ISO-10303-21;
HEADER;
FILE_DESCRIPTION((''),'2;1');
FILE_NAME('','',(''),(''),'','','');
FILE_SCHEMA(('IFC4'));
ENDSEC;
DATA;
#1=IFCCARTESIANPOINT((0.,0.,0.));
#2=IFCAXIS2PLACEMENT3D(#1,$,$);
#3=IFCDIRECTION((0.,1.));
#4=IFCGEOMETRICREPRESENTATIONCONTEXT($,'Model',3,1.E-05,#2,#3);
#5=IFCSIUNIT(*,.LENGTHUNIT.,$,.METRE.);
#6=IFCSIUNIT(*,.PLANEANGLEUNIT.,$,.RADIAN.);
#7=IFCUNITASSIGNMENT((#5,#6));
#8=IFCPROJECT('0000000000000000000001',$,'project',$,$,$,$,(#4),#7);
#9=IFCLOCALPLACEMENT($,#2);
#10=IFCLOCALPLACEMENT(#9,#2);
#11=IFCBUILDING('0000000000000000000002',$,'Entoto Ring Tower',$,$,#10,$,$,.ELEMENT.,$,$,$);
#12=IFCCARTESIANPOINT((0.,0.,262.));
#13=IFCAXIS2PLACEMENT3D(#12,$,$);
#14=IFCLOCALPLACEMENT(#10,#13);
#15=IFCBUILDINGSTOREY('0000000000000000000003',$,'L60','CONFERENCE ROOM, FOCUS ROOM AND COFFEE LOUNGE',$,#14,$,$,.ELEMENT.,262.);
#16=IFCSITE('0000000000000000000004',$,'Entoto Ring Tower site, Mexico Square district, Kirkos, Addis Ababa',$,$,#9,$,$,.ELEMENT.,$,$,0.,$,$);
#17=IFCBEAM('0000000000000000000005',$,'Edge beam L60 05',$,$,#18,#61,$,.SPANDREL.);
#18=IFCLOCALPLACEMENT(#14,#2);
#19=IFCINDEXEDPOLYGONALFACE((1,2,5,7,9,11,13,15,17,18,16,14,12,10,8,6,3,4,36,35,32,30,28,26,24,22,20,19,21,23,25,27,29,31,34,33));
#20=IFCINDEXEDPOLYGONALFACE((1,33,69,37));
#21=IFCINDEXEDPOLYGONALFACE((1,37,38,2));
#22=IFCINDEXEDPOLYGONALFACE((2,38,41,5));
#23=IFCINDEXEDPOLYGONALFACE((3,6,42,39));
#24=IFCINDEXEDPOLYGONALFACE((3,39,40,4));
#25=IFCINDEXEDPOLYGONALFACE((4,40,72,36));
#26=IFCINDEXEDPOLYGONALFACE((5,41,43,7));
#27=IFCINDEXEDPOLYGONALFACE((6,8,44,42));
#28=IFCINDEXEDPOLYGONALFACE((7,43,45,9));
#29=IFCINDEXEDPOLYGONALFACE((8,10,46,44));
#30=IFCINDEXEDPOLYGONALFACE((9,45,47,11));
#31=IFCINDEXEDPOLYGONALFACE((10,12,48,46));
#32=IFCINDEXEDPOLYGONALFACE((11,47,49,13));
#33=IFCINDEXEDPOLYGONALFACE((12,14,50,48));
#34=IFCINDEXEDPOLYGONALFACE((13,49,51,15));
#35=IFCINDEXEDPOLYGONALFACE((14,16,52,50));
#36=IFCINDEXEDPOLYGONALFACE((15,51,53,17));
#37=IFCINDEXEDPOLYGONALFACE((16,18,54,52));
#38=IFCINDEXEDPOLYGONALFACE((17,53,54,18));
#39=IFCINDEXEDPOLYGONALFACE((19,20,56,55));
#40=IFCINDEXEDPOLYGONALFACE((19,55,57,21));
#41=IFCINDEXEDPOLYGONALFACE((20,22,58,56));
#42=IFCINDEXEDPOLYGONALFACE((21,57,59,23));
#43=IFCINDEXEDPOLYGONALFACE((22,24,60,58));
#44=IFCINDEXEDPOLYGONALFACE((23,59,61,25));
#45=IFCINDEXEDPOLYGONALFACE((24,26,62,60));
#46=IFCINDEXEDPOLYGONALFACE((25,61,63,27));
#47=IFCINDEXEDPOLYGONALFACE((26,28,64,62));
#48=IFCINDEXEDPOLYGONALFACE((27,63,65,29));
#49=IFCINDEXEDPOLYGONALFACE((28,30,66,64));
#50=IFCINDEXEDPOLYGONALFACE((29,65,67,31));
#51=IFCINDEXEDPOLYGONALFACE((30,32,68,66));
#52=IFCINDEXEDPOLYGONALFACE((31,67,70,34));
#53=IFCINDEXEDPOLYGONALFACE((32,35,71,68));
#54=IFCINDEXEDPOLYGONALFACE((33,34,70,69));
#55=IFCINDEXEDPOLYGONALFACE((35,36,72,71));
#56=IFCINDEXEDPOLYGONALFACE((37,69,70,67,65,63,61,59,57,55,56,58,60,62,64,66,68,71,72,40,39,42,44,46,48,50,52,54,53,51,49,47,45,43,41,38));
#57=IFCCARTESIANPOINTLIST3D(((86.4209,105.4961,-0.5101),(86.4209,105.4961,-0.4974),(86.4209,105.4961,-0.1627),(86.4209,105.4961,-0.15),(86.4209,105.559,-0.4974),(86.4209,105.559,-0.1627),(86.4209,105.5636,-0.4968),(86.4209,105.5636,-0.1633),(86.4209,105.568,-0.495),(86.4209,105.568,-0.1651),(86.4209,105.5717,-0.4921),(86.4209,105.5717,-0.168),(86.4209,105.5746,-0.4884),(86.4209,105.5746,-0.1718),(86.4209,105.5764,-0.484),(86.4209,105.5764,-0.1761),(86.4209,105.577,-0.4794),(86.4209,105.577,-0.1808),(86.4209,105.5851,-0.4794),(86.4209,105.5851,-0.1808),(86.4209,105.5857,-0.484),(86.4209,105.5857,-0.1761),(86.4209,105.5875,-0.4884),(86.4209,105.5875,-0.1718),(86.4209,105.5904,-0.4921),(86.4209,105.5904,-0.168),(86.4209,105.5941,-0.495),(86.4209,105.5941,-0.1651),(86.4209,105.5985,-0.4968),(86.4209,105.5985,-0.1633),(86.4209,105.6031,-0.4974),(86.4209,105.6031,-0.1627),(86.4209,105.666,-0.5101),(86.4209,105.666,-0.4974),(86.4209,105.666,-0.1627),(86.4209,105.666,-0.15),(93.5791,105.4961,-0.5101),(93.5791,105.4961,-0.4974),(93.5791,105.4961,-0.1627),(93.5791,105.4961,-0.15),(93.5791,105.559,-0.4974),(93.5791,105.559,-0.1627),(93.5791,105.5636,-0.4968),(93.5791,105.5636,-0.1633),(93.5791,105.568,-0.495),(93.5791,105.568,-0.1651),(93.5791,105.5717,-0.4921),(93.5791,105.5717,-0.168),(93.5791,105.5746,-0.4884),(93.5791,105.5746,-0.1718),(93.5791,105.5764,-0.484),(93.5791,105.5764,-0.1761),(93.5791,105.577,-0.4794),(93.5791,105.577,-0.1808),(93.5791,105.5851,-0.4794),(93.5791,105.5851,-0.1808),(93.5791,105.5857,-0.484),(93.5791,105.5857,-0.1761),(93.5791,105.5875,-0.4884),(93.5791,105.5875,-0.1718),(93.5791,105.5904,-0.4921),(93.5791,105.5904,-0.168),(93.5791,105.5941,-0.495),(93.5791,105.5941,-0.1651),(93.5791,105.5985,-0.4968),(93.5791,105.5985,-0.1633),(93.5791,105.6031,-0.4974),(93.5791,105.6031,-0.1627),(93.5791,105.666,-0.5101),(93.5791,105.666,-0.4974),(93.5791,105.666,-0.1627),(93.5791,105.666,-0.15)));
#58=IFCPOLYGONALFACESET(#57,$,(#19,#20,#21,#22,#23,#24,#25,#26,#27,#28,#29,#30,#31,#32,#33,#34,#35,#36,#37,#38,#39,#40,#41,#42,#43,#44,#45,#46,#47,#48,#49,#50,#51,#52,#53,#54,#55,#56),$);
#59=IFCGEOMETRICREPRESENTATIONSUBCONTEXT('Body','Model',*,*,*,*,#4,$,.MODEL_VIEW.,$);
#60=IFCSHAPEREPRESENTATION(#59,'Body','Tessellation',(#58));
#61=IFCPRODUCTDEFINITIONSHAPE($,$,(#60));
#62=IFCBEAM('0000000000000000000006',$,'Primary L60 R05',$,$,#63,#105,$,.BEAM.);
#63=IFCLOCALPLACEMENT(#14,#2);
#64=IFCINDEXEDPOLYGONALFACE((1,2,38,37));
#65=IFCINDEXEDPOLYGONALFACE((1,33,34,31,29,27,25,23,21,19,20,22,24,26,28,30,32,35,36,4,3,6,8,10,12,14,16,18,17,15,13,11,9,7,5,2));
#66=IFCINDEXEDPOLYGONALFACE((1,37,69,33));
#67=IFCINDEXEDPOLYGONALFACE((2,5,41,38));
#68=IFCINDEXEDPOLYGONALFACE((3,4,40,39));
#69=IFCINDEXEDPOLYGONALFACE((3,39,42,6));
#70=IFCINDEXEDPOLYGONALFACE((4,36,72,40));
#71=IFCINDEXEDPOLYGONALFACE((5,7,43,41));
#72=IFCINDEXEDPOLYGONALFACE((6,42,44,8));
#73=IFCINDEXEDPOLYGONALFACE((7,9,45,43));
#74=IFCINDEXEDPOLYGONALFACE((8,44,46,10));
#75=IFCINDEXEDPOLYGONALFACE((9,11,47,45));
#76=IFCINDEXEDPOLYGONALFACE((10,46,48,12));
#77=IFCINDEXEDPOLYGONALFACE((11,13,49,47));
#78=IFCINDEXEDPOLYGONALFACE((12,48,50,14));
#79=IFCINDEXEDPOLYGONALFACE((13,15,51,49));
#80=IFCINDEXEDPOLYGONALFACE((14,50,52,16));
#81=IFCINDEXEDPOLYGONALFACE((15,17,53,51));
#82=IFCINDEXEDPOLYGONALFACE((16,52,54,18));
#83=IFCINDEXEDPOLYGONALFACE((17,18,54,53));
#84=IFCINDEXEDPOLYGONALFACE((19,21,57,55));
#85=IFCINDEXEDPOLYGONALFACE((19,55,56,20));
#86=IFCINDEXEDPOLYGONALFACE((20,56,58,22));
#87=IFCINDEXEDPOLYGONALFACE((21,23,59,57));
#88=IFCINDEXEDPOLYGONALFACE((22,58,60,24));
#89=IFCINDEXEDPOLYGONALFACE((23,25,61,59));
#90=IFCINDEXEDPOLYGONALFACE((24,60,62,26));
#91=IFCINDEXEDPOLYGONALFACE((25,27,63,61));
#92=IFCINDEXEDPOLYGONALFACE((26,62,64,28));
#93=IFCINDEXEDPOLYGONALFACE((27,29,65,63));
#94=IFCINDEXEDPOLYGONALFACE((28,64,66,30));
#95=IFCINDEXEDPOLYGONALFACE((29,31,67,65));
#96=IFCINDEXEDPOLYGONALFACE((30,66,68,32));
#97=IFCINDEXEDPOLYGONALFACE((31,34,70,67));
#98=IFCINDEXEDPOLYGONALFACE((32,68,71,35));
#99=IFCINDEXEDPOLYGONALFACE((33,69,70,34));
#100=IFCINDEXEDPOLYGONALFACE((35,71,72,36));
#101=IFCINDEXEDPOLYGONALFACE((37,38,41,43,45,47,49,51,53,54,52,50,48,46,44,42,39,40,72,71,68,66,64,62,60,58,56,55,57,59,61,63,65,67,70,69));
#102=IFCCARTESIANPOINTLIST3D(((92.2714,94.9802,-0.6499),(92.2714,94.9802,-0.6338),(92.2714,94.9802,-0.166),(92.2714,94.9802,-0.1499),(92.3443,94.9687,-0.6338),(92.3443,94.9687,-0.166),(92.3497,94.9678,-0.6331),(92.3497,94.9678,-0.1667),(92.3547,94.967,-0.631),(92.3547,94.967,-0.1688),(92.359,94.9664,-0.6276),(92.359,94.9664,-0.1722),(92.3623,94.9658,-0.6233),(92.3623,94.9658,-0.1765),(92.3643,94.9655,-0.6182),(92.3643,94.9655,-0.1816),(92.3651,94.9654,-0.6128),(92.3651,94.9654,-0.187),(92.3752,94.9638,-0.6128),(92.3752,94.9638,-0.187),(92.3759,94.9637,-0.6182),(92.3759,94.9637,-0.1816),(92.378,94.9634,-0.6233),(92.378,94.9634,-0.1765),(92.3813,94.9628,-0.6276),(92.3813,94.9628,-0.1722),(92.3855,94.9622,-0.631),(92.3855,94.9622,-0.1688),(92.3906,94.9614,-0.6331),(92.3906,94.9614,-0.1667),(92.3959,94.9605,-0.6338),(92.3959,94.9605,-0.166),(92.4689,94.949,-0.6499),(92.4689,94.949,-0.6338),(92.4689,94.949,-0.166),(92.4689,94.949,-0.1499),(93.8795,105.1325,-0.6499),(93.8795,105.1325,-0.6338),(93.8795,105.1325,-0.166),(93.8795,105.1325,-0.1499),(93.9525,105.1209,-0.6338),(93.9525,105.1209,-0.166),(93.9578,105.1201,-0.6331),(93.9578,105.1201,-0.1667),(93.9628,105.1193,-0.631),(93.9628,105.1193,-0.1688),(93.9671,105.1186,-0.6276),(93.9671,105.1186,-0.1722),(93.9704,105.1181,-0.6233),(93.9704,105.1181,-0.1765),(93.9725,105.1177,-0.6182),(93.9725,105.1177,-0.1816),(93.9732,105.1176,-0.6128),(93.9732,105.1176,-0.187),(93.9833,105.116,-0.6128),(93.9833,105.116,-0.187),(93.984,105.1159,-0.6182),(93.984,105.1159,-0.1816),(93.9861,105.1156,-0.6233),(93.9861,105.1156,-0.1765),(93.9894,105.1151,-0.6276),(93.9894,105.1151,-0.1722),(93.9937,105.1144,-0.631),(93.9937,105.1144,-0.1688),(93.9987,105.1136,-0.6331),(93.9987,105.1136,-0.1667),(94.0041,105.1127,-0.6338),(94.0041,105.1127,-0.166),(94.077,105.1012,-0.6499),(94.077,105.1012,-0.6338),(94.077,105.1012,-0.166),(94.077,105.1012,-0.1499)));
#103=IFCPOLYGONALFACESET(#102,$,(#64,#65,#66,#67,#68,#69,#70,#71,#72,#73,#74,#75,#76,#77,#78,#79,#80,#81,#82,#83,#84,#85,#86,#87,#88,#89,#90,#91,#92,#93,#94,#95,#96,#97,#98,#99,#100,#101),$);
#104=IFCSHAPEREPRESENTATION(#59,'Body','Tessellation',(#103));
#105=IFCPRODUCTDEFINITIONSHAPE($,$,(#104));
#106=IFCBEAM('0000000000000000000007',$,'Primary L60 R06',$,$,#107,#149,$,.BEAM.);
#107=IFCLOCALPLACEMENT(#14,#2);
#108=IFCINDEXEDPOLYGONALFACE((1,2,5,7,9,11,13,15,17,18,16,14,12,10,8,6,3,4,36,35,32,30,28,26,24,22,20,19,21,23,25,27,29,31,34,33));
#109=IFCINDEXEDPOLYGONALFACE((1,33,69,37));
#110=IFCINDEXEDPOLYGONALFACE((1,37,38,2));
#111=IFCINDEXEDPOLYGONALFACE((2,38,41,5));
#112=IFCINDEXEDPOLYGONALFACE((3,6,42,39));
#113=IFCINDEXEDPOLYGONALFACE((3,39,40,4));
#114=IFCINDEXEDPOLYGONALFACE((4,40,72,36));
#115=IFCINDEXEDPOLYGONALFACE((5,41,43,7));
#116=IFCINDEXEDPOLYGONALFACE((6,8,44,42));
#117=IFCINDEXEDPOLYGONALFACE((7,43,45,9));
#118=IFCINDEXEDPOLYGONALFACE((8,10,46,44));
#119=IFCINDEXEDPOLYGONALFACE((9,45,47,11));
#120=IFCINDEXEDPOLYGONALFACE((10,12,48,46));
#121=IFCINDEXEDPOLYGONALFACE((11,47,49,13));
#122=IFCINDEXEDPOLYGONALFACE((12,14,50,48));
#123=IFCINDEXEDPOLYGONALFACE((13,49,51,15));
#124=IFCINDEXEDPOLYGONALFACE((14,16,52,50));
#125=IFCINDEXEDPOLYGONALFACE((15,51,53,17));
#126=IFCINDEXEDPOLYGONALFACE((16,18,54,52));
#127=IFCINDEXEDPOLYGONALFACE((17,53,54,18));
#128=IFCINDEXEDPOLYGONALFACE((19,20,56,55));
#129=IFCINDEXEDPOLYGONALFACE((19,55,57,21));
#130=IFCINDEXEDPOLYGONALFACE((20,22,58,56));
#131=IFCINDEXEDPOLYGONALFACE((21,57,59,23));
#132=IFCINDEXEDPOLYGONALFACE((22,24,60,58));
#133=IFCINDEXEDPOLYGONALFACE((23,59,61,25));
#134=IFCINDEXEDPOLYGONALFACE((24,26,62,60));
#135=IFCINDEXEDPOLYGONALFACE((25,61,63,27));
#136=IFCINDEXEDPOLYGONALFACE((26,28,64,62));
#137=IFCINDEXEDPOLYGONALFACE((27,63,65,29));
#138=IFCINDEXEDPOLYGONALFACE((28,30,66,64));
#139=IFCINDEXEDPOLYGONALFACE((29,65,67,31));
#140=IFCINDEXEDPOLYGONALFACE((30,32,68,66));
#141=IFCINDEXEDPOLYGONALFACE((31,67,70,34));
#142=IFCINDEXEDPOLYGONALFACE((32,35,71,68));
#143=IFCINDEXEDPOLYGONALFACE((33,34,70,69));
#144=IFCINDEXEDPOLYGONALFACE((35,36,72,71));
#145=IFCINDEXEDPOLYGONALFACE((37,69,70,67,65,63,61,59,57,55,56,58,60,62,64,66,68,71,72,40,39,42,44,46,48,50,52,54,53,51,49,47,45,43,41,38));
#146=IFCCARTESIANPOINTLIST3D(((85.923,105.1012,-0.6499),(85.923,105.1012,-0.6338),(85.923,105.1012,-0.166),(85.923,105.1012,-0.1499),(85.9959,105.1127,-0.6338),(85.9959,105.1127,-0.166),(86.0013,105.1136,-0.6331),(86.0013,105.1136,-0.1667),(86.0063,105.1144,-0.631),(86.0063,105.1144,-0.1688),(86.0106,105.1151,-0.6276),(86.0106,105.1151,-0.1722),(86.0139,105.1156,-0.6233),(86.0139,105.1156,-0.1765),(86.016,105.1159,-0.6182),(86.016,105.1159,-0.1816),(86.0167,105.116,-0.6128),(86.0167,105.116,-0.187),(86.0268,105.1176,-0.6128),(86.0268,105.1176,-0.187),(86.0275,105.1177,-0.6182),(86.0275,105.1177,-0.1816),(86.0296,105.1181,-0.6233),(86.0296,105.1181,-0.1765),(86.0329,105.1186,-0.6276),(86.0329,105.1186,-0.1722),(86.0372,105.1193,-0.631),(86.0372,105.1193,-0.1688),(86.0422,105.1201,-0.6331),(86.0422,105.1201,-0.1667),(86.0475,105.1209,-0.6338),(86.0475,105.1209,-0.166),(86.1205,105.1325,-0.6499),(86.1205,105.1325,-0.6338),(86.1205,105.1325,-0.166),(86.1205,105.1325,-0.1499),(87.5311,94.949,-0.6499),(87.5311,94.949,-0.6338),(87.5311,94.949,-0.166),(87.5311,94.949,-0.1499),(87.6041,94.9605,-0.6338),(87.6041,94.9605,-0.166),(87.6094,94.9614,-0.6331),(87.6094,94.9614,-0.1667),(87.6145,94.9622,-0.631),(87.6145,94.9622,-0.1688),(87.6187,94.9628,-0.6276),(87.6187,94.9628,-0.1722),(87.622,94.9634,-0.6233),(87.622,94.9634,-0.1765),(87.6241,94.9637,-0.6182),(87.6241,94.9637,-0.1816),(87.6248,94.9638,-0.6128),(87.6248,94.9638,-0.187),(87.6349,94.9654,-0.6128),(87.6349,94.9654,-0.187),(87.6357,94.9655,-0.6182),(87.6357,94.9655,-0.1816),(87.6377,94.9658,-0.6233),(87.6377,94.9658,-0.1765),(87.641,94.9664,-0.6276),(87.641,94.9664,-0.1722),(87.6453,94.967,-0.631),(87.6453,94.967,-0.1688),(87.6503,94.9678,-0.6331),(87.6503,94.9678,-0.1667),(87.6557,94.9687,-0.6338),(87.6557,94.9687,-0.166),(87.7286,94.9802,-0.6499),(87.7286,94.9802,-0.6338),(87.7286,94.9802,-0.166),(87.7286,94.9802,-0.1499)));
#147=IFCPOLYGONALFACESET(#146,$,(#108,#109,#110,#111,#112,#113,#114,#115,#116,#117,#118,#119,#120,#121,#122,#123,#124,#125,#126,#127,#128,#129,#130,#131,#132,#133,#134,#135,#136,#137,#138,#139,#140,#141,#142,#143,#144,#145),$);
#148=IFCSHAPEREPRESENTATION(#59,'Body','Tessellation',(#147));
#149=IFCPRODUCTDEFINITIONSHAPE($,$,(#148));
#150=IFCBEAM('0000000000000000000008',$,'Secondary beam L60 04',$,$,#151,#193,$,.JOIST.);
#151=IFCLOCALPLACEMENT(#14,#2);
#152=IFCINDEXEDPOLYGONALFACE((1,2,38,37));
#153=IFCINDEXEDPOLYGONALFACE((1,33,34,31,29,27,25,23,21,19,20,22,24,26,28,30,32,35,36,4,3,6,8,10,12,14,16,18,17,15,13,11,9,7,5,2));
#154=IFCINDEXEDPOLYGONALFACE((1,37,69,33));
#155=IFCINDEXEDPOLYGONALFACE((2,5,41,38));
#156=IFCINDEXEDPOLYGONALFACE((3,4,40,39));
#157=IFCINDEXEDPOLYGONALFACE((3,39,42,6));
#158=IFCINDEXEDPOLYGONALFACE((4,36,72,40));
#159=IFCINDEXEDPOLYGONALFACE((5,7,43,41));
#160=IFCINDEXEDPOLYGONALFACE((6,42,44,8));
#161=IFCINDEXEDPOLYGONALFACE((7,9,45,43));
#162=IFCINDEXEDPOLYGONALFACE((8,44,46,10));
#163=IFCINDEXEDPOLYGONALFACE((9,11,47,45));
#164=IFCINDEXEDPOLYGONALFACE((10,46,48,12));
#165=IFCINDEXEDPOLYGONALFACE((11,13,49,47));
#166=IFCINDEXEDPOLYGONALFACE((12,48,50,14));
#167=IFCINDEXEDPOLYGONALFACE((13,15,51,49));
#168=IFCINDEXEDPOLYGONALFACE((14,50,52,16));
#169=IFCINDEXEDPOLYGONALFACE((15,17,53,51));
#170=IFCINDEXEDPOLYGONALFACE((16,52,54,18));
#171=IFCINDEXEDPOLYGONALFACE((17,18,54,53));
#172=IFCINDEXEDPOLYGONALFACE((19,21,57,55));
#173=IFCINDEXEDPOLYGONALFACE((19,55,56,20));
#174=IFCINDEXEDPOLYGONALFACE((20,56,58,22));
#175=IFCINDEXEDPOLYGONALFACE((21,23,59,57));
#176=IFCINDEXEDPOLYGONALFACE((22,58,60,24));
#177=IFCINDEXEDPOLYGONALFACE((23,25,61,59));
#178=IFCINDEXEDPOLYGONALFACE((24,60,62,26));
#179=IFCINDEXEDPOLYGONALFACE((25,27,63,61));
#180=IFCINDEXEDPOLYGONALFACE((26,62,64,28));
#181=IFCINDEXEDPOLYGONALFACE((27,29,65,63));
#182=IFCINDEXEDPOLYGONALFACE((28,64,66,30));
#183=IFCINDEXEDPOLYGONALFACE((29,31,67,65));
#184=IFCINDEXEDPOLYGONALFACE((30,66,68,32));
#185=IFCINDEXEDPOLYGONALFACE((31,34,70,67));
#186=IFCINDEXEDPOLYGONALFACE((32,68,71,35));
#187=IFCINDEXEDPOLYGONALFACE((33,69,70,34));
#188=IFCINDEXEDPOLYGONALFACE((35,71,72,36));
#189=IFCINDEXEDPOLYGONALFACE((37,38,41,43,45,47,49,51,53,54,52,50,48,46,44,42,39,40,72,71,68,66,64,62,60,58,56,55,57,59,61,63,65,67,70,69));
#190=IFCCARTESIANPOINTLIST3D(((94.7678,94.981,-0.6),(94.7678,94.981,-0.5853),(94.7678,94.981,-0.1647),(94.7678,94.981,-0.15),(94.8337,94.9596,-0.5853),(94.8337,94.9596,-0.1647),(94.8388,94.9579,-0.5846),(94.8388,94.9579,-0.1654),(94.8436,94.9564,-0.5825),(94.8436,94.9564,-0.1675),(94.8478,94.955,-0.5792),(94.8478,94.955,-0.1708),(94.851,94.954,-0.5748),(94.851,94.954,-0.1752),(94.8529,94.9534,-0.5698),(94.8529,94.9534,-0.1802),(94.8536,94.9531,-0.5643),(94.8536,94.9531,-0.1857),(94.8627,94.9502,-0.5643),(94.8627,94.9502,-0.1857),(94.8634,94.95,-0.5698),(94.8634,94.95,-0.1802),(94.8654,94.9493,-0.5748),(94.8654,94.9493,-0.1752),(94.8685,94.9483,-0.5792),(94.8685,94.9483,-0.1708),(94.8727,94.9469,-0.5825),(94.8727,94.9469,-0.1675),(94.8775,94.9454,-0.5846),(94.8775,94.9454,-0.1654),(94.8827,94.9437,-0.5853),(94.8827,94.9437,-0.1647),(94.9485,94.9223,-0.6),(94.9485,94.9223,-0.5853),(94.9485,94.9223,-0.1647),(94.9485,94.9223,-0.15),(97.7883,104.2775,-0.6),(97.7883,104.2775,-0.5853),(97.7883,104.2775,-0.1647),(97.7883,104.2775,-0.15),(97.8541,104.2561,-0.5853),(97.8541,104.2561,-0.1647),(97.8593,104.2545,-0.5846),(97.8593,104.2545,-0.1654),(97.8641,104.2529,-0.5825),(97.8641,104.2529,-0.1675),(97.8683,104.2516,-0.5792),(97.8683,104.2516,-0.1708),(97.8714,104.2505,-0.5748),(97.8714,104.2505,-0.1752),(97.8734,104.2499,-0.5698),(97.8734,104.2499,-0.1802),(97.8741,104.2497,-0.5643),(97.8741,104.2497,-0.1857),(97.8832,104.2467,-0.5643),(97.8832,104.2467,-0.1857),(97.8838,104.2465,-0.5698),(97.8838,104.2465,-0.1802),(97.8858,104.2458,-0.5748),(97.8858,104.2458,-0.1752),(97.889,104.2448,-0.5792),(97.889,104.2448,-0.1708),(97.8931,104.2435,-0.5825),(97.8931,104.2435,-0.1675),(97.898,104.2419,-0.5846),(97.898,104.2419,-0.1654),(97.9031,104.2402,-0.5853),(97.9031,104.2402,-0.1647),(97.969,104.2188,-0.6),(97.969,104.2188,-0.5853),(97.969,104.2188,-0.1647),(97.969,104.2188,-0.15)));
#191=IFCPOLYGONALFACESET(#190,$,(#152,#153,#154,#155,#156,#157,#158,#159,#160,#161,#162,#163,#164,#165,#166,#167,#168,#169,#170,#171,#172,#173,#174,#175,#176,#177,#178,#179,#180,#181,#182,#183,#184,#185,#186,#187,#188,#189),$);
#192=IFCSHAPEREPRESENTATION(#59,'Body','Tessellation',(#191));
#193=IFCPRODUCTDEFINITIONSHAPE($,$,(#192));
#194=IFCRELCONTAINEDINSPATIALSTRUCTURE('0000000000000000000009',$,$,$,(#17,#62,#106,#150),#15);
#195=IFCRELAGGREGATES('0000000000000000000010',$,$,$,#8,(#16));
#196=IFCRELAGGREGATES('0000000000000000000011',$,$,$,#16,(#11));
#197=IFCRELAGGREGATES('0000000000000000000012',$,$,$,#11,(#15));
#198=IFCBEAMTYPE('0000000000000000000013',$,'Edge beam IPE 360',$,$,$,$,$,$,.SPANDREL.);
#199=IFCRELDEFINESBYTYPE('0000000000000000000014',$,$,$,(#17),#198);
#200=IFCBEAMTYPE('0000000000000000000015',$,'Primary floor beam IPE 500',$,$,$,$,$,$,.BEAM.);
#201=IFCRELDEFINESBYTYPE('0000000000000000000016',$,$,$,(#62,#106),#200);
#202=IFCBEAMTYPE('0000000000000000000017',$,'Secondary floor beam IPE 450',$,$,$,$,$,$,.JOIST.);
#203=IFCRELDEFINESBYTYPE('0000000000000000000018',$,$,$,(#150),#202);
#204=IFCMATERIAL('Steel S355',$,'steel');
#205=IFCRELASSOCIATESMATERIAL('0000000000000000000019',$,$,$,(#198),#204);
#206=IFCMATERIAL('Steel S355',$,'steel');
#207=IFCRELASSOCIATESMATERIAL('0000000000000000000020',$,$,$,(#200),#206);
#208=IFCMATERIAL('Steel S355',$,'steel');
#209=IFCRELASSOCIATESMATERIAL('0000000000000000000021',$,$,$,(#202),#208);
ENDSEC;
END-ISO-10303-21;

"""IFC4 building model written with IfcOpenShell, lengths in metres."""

from ifc_helpers import new_model, si_unit, direction, frame, origin, origin_2d, place, context, subcontext, project, spatial, i_section, extrude, material, material_profile, profile_set, type_object, element, save


model = new_model("IFC4")

# Units and contexts
model_context = context("Model", 3, precision=1e-05, world=origin(), true_north=direction((0.0, 1.0)))
body_context = subcontext(model_context, "Body", "Model", "MODEL_VIEW")
ifc_project = project(units=[si_unit("LENGTHUNIT", "METRE"), si_unit("PLANEANGLEUNIT", "RADIAN")], contexts=[model_context])

# Site, building, storey
site_placement = place(None, origin())
site = spatial("IfcSite", under=ifc_project, at=site_placement, Name="Entoto Ring Tower site, Mexico Square district, Kirkos, Addis Ababa", CompositionType="ELEMENT", RefElevation=0.0)
building_placement = place(site_placement, origin())
building = spatial("IfcBuilding", under=site, at=building_placement, Name="Entoto Ring Tower", CompositionType="ELEMENT")
storey_placement = place(building_placement, frame((0.0, 0.0, 262.0)))
storey = spatial("IfcBuildingStorey", under=building, at=storey_placement, Name="L60", Description="CONFERENCE ROOM, FOCUS ROOM AND COFFEE LOUNGE", CompositionType="ELEMENT", Elevation=262.0)

# Beams
ifc_material_1 = material(Name="Steel S355", Category="steel")
ifc_material_profile_1 = material_profile(ifc_material_1, i_section(OverallWidth=0.1699, OverallDepth=0.3601, WebThickness=0.0081, FlangeThickness=0.0127, FilletRadius=0.0181, at=origin_2d()), Name="IPE 360")
ifc_profile_set_1 = profile_set([ifc_material_profile_1], Name="Steel S355")
beam_type_1 = type_object("IfcBeamType", Name="Edge beam IPE 360", PredefinedType="SPANDREL", material=ifc_profile_set_1)
beam_1_placement = place(storey_placement, frame((93.5791, 105.5811, -0.3301), z_axis=(-1.0, 0.0, 0.0), x_axis=(0.0, -1.0, 0.0)))
element("IfcBeam", 1, at=beam_1_placement, inside=storey, type_object=beam_type_1, Name="Edge beam L60 05", PredefinedType="SPANDREL", context=body_context, shape_type="SweptSolid", body=[
    extrude(i_section(OverallWidth=0.1699, OverallDepth=0.3601, WebThickness=0.0081, FlangeThickness=0.0127, FilletRadius=0.0181, at=origin_2d()), origin(), (0.0, 0.0, 1.0), 7.1582),
])
ifc_material_2 = material(Name="Steel S355", Category="steel")
ifc_material_profile_2 = material_profile(ifc_material_2, i_section(OverallWidth=0.2, OverallDepth=0.5, WebThickness=0.0103, FlangeThickness=0.0161, FilletRadius=0.021, at=origin_2d()), Name="IPE 500")
ifc_profile_set_2 = profile_set([ifc_material_profile_2], Name="Steel S355")
beam_type_2 = type_object("IfcBeamType", Name="Primary floor beam IPE 500", PredefinedType="BEAM", material=ifc_profile_set_2)
for number, where, z_axis, x_axis, name in (
    (2, (92.3701, 94.9646, -0.3999), (0.156452, 0.987686, 0.0), (-0.987686, 0.156452, 0.0), "Primary L60 R05"),
    (3, (87.6299, 94.9646, -0.3999), (-0.156452, 0.987686, 0.0), (-0.987686, -0.156452, 0.0), "Primary L60 R06"),
):
    element("IfcBeam", number, at=place(storey_placement, frame(where, z_axis=z_axis, x_axis=x_axis)), inside=storey, type_object=beam_type_2, Name=name, PredefinedType="BEAM", context=body_context, shape_type="SweptSolid", body=[
        extrude(i_section(OverallWidth=0.2, OverallDepth=0.5, WebThickness=0.0103, FlangeThickness=0.0161, FilletRadius=0.021, at=origin_2d()), origin(), (0.0, 0.0, 1.0), 10.2788),
    ])
ifc_material_3 = material(Name="Steel S355", Category="steel")
ifc_material_profile_3 = material_profile(ifc_material_3, i_section(OverallWidth=0.1899, OverallDepth=0.45, WebThickness=0.0095, FlangeThickness=0.0146, FilletRadius=0.021, at=origin_2d()), Name="IPE 450")
ifc_profile_set_3 = profile_set([ifc_material_profile_3], Name="Steel S355")
beam_type_3 = type_object("IfcBeamType", Name="Secondary floor beam IPE 450", PredefinedType="JOIST", material=ifc_profile_set_3)
beam_2_placement = place(storey_placement, frame((94.8582, 94.9517, -0.375), z_axis=(0.309003, 0.951061, 0.0), x_axis=(-0.951061, 0.309003, 0.0)))
element("IfcBeam", 4, at=beam_2_placement, inside=storey, type_object=beam_type_3, Name="Secondary beam L60 04", PredefinedType="JOIST", context=body_context, shape_type="SweptSolid", body=[
    extrude(i_section(OverallWidth=0.1899, OverallDepth=0.45, WebThickness=0.0095, FlangeThickness=0.0146, FilletRadius=0.021, at=origin_2d()), origin(), (0.0, 0.0, 1.0), 9.7749),
])

save(model, "model.ifc")
